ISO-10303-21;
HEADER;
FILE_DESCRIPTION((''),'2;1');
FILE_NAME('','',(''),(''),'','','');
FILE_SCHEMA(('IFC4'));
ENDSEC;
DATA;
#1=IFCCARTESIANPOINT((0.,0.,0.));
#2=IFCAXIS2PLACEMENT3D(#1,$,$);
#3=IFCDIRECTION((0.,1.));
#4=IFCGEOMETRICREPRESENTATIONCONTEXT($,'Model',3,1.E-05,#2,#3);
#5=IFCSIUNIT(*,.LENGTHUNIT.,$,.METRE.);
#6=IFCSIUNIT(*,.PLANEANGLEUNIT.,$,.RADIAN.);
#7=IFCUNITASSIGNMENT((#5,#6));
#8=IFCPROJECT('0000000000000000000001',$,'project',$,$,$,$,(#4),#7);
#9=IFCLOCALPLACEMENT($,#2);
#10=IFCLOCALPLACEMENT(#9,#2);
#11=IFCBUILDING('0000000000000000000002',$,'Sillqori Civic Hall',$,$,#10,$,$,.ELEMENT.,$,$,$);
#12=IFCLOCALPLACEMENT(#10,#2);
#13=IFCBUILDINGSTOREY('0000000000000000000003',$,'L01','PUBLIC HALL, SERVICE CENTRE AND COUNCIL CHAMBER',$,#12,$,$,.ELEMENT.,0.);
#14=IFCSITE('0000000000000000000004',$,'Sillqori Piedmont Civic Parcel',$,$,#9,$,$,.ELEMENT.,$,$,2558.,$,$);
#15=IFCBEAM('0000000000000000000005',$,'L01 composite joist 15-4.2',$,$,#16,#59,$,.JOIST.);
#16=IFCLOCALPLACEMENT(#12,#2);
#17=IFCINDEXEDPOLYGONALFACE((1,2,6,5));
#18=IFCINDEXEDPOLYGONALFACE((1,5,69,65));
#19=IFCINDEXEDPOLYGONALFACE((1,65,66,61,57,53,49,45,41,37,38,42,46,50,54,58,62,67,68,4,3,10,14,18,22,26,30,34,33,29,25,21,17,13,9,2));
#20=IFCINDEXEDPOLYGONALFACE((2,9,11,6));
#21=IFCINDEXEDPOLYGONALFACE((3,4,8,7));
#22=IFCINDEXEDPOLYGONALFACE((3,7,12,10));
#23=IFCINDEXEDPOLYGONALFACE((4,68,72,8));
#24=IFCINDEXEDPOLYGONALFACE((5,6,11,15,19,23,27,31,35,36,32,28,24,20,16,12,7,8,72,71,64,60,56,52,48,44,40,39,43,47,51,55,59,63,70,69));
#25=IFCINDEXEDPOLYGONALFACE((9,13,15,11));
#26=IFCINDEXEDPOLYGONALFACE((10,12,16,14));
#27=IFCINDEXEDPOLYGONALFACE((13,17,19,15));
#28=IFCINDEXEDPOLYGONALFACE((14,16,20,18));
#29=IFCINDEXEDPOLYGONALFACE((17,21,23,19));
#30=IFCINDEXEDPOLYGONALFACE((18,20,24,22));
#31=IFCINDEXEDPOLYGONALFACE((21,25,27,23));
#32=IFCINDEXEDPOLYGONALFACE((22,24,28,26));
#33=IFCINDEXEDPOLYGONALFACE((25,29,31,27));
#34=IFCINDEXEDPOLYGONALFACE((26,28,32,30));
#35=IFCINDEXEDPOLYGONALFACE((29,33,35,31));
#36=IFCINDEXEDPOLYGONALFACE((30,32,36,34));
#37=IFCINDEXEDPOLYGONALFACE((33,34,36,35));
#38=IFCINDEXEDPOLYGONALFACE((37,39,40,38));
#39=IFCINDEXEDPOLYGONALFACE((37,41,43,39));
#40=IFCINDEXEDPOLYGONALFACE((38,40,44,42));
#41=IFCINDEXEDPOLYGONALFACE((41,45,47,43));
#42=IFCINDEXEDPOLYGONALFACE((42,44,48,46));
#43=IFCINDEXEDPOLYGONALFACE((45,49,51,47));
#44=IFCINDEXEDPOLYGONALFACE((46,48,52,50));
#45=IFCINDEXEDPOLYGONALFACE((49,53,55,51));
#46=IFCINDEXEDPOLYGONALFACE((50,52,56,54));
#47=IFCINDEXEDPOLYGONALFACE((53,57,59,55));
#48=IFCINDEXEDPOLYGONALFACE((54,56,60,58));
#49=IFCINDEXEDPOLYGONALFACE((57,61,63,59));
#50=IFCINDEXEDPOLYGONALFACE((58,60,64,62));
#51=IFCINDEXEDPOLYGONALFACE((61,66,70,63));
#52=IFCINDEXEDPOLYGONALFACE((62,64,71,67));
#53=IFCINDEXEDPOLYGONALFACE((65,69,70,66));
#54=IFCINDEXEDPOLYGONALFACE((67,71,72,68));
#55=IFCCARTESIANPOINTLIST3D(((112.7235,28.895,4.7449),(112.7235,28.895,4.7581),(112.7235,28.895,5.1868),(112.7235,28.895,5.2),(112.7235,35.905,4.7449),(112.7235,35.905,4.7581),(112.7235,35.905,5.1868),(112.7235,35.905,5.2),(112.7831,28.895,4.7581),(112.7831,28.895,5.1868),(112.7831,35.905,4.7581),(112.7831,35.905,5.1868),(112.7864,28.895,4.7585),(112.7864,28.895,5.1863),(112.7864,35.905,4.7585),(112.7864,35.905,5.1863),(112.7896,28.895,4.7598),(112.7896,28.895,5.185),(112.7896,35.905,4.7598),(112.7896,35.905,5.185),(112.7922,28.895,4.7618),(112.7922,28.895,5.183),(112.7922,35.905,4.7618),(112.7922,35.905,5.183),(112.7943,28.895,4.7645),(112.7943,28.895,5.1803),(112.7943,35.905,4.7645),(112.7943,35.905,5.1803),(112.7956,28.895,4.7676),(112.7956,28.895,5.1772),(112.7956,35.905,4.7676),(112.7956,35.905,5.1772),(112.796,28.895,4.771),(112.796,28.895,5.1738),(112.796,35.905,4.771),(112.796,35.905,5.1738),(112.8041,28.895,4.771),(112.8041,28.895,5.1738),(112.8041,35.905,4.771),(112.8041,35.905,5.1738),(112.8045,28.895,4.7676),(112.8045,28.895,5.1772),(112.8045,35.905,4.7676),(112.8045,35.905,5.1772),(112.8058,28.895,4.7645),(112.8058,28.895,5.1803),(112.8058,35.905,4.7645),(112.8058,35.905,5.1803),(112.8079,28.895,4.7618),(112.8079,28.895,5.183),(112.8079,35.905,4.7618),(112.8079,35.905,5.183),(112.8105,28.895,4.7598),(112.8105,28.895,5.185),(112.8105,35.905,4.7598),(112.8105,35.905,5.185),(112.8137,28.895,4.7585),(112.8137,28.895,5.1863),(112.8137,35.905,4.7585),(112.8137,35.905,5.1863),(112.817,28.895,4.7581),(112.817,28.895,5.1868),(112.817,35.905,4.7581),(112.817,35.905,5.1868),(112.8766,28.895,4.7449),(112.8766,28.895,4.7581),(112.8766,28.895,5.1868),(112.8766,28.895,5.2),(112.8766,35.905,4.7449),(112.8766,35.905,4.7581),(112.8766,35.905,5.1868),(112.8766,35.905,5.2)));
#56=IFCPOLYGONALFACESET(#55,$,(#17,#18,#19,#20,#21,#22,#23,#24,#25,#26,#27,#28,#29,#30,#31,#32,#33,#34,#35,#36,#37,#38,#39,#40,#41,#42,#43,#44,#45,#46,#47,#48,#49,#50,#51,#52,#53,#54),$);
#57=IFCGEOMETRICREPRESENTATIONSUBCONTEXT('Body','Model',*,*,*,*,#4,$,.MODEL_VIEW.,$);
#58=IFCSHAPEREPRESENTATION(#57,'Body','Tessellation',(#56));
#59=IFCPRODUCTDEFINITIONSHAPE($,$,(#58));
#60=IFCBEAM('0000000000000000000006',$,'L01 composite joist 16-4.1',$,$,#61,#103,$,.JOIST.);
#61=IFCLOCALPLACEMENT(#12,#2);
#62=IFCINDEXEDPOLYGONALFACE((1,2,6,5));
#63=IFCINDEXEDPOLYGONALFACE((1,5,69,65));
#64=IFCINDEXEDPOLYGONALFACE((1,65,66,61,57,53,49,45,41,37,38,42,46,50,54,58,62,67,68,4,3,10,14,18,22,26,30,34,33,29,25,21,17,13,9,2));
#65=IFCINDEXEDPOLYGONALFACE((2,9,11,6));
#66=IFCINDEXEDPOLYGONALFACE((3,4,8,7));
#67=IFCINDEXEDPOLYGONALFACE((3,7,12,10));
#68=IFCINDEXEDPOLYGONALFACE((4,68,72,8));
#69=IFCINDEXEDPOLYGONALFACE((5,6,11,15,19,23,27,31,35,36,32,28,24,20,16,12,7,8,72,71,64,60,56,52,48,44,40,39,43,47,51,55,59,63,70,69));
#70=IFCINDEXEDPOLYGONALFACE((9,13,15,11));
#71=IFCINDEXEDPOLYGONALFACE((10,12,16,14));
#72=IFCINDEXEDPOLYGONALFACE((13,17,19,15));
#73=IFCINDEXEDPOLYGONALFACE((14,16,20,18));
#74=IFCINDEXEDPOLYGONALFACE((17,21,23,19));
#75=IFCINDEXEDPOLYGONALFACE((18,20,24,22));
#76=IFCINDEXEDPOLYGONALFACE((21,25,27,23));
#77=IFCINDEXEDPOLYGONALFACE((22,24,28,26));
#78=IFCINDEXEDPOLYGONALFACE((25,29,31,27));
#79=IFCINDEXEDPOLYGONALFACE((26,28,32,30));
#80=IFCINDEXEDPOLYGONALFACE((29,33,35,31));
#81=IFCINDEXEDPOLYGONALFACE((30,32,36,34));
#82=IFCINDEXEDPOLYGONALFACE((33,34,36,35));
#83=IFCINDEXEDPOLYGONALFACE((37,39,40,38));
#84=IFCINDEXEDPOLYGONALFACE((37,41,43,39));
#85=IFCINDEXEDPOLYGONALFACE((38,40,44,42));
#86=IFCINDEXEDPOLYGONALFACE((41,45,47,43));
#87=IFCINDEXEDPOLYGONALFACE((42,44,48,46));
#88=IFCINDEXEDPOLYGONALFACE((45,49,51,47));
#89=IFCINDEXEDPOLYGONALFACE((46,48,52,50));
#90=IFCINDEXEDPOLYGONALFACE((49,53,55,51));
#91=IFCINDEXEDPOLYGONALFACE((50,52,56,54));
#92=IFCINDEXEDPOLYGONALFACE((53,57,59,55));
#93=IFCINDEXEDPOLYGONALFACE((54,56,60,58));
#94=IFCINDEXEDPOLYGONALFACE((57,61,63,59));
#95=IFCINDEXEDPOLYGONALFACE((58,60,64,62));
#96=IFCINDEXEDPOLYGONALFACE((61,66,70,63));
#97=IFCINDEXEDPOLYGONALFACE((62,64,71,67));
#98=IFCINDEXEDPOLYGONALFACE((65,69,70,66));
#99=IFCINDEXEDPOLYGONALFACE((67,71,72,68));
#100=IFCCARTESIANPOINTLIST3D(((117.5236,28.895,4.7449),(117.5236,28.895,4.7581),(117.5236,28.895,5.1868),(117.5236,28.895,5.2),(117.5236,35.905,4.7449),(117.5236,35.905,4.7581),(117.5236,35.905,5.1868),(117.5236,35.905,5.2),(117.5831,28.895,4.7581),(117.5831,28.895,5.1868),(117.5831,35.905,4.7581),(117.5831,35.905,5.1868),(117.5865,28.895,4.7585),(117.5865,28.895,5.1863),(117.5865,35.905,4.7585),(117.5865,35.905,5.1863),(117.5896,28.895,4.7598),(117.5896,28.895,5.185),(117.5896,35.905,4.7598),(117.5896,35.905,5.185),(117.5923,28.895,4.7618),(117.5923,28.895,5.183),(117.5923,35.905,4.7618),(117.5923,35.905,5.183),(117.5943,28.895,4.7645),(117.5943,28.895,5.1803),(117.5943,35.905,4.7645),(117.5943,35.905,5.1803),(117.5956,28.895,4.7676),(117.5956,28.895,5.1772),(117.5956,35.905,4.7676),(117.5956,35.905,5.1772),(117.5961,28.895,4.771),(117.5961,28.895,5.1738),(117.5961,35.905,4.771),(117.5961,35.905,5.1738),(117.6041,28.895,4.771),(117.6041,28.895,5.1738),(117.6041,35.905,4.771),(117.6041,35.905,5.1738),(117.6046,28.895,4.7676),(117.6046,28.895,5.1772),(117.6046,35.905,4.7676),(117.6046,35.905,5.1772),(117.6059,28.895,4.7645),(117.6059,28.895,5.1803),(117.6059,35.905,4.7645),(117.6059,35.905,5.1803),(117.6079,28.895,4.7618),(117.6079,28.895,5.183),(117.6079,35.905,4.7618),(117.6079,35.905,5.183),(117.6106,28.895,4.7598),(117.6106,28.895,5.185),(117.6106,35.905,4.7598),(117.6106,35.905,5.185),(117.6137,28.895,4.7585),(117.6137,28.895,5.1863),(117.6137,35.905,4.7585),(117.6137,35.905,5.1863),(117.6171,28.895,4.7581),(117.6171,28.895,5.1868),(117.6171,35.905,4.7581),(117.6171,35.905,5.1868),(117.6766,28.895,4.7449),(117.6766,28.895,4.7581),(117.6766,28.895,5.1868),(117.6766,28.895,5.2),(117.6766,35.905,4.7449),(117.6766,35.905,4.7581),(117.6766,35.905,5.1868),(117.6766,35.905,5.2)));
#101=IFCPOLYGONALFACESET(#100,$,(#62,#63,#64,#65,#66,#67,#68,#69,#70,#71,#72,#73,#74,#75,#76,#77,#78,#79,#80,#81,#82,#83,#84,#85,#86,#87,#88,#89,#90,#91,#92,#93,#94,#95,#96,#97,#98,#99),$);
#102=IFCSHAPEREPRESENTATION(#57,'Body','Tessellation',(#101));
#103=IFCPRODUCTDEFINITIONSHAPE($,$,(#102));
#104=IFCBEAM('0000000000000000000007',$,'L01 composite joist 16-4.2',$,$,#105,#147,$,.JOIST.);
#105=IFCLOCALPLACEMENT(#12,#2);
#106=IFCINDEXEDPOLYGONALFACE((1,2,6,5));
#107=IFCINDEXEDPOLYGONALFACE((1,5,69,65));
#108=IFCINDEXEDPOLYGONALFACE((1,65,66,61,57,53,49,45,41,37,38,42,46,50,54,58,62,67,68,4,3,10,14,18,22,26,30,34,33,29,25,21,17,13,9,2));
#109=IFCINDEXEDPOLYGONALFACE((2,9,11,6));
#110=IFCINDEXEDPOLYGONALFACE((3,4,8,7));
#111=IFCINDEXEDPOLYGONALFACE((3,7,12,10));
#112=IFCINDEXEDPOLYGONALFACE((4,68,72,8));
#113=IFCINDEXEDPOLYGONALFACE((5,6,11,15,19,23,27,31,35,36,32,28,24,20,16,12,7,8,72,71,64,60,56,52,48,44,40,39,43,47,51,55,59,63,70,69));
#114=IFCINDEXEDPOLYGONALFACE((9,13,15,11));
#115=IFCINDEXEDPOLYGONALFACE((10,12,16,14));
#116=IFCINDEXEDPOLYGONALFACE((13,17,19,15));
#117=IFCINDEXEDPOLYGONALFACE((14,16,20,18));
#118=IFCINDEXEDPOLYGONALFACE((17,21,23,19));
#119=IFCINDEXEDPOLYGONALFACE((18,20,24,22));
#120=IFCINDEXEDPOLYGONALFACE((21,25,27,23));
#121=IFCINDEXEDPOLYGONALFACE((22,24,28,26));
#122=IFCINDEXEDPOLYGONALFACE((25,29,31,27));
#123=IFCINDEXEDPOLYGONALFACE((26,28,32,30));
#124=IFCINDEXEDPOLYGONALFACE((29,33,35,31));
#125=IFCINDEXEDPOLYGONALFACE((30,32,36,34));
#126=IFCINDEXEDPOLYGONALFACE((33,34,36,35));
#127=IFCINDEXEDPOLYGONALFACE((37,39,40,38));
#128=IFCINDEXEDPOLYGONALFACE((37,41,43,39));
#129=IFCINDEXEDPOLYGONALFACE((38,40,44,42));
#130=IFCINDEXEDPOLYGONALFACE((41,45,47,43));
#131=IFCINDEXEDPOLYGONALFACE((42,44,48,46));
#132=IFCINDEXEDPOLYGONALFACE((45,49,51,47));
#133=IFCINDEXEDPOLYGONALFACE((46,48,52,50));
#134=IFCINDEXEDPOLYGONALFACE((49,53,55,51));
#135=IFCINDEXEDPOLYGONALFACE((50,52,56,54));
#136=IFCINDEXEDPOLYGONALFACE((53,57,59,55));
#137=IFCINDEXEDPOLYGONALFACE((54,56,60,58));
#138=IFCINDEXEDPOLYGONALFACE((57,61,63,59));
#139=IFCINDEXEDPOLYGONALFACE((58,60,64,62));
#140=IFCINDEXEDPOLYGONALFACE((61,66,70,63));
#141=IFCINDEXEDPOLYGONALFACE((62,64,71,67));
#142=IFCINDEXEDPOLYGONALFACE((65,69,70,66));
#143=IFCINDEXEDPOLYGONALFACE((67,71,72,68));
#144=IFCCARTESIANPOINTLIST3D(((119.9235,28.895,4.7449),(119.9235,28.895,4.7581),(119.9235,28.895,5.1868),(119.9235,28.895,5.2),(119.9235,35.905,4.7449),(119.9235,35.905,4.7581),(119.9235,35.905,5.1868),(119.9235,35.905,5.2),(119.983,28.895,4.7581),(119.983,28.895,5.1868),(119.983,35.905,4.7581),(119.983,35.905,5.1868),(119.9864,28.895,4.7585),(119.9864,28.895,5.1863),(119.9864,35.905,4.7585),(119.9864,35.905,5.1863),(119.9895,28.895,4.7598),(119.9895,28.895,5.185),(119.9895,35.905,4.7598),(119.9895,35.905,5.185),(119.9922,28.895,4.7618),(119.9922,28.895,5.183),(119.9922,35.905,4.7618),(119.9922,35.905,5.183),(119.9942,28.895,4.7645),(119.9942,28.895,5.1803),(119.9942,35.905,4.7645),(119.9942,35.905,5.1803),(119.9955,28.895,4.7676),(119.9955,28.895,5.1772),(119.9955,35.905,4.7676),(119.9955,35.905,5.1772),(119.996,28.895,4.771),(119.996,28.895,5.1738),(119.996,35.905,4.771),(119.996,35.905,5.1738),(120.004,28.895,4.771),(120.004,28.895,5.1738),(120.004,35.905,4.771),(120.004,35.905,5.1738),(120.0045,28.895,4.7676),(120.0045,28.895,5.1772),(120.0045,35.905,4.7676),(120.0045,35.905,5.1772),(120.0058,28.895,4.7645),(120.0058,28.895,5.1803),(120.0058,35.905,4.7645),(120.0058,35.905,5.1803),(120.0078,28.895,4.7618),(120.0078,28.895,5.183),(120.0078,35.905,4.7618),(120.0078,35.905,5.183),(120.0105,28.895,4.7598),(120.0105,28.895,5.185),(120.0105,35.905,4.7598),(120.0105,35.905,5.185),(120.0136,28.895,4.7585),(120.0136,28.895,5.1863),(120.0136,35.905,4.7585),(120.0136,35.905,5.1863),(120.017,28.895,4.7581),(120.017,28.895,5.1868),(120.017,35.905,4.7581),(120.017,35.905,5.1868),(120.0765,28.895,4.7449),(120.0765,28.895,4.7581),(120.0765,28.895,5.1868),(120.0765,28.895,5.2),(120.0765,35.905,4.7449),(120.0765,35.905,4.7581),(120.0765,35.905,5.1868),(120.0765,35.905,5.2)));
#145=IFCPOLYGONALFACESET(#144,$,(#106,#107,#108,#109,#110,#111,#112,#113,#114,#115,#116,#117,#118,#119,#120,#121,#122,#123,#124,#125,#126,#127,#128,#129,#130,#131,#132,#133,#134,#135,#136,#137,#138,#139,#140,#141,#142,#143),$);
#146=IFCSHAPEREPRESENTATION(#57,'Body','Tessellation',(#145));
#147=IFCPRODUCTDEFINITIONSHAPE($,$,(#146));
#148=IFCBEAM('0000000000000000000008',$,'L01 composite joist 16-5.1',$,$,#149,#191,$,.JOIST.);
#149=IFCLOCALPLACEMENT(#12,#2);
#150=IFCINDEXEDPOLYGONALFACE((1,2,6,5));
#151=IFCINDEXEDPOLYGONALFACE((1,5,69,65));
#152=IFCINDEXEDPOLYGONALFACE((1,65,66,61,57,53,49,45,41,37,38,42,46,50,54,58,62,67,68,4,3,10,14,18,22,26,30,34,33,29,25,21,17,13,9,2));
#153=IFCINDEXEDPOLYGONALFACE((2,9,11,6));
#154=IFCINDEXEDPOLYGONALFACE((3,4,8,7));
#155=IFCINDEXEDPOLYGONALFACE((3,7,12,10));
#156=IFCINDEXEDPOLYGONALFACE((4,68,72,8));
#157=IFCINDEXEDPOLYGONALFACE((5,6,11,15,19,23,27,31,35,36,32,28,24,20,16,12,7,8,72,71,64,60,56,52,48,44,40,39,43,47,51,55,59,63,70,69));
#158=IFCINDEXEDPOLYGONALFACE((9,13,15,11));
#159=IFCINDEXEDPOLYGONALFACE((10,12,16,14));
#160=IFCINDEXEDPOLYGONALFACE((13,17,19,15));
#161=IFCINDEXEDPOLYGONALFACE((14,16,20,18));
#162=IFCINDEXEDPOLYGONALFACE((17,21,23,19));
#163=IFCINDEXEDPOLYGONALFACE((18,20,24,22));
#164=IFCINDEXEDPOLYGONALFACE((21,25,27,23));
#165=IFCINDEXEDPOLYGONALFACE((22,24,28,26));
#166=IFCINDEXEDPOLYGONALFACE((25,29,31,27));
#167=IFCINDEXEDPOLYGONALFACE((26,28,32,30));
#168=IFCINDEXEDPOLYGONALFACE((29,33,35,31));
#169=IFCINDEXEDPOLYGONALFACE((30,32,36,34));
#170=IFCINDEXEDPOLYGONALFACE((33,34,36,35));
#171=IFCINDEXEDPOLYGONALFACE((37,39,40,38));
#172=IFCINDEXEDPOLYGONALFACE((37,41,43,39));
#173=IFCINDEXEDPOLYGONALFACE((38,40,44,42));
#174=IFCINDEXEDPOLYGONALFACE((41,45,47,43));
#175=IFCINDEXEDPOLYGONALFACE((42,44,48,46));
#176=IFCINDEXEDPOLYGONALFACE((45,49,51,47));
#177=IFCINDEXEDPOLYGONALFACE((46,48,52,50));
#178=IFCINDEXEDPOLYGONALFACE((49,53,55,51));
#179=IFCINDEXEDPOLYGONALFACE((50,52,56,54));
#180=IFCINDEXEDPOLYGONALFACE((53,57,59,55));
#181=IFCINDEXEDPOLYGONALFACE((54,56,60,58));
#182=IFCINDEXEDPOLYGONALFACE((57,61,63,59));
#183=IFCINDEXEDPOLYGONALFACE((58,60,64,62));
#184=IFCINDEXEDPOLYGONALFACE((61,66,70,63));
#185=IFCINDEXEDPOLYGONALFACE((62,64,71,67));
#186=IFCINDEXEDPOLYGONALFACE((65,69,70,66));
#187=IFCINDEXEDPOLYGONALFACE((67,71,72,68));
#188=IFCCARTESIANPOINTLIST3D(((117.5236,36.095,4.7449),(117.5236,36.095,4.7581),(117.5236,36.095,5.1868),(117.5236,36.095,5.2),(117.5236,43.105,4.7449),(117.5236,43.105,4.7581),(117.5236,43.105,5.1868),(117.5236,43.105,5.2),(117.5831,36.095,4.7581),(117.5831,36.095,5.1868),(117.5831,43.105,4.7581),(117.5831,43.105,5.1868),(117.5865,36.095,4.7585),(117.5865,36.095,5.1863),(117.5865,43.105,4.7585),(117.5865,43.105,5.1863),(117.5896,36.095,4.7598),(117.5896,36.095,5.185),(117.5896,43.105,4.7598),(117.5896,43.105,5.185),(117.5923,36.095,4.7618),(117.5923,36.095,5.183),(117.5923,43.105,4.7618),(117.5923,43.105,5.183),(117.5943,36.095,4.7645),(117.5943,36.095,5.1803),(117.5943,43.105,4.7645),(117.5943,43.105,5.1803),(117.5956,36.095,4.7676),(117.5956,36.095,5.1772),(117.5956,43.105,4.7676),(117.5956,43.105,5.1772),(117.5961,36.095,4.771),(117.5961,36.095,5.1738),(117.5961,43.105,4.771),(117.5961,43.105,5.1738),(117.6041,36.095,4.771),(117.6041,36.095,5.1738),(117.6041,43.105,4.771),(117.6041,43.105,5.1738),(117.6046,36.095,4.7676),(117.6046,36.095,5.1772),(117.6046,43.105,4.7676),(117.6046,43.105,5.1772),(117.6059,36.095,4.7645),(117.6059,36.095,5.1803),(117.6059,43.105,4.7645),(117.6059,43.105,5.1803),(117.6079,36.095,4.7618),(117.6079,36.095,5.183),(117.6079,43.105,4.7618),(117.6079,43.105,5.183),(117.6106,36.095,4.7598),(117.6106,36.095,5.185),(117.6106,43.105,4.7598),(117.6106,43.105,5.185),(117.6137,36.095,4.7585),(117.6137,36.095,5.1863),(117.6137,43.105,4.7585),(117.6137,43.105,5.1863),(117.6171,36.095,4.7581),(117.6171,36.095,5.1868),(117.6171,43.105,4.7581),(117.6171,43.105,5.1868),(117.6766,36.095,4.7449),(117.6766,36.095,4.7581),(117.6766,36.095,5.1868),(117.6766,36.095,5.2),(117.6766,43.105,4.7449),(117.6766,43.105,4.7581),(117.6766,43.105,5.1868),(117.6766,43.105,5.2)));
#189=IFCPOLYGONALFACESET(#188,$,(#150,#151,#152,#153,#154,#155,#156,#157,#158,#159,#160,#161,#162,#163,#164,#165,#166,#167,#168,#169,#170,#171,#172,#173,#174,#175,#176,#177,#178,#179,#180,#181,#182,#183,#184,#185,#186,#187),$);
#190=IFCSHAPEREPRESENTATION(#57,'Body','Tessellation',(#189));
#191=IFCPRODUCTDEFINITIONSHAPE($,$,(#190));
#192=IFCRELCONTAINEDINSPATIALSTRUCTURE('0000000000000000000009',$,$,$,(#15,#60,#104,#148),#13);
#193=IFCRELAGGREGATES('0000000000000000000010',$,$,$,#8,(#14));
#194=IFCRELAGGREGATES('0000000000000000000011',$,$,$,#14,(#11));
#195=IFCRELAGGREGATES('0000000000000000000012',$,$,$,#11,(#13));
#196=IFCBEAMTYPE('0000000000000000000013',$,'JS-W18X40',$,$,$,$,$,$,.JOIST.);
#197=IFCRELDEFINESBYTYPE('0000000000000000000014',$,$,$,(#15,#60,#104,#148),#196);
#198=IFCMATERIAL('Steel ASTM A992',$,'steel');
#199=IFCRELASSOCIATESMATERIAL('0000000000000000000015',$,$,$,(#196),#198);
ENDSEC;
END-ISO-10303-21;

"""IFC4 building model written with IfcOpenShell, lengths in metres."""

from ifc_helpers import new_model, si_unit, direction, frame, origin, origin_2d, place, context, subcontext, project, spatial, i_section, extrude, material, material_profile, profile_set, type_object, element, save


model = new_model("IFC4")

# Units and contexts
model_context = context("Model", 3, precision=1e-05, world=origin(), true_north=direction((0.0, 1.0)))
body_context = subcontext(model_context, "Body", "Model", "MODEL_VIEW")
ifc_project = project(units=[si_unit("LENGTHUNIT", "METRE"), si_unit("PLANEANGLEUNIT", "RADIAN")], contexts=[model_context])

# Site, building, storey
site_placement = place(None, origin())
site = spatial("IfcSite", under=ifc_project, at=site_placement, Name="Sillqori Piedmont Civic Parcel", CompositionType="ELEMENT", RefElevation=2558.0)
building_placement = place(site_placement, origin())
building = spatial("IfcBuilding", under=site, at=building_placement, Name="Sillqori Civic Hall", CompositionType="ELEMENT")
storey_placement = place(building_placement, origin())
storey = spatial("IfcBuildingStorey", under=building, at=storey_placement, Name="L01", Description="PUBLIC HALL, SERVICE CENTRE AND COUNCIL CHAMBER", CompositionType="ELEMENT", Elevation=0.0)

# Shared definitions
ifc_material_1 = material(Name="Steel ASTM A992", Category="steel")

# Beams
ifc_material_profile_1 = material_profile(ifc_material_1, i_section(OverallWidth=0.1531, OverallDepth=0.4551, WebThickness=0.0081, FlangeThickness=0.0132, FilletRadius=0.0129, at=origin_2d()), Name="W18X40")
ifc_profile_set_1 = profile_set([ifc_material_profile_1], Name="Steel ASTM A992")
beam_type_1 = type_object("IfcBeamType", Name="JS-W18X40", PredefinedType="JOIST", material=ifc_profile_set_1)
for number, where, z_axis, x_axis, name in (
    (1, (112.8, 28.895, 4.9724), (0.0, 1.0, 0.0), (-1.0, 0.0, 0.0), "L01 composite joist 15-4.2"),
    (2, (117.6001, 28.895, 4.9724), (0.0, 1.0, 0.0), (-1.0, 0.0, 0.0), "L01 composite joist 16-4.1"),
    (3, (120.0, 28.895, 4.9724), (0.0, 1.0, 0.0), (-1.0, 0.0, 0.0), "L01 composite joist 16-4.2"),
    (4, (117.6001, 36.095, 4.9724), (0.0, 1.0, 0.0), (-1.0, 0.0, 0.0), "L01 composite joist 16-5.1"),
):
    element("IfcBeam", number, at=place(storey_placement, frame(where, z_axis=z_axis, x_axis=x_axis)), inside=storey, type_object=beam_type_1, Name=name, PredefinedType="JOIST", context=body_context, shape_type="SweptSolid", body=[
        extrude(i_section(OverallWidth=0.1531, OverallDepth=0.4551, WebThickness=0.0081, FlangeThickness=0.0132, FilletRadius=0.0129, at=origin_2d()), origin(), (0.0, 0.0, 1.0), 7.01),
    ])

save(model, "model.ifc")
